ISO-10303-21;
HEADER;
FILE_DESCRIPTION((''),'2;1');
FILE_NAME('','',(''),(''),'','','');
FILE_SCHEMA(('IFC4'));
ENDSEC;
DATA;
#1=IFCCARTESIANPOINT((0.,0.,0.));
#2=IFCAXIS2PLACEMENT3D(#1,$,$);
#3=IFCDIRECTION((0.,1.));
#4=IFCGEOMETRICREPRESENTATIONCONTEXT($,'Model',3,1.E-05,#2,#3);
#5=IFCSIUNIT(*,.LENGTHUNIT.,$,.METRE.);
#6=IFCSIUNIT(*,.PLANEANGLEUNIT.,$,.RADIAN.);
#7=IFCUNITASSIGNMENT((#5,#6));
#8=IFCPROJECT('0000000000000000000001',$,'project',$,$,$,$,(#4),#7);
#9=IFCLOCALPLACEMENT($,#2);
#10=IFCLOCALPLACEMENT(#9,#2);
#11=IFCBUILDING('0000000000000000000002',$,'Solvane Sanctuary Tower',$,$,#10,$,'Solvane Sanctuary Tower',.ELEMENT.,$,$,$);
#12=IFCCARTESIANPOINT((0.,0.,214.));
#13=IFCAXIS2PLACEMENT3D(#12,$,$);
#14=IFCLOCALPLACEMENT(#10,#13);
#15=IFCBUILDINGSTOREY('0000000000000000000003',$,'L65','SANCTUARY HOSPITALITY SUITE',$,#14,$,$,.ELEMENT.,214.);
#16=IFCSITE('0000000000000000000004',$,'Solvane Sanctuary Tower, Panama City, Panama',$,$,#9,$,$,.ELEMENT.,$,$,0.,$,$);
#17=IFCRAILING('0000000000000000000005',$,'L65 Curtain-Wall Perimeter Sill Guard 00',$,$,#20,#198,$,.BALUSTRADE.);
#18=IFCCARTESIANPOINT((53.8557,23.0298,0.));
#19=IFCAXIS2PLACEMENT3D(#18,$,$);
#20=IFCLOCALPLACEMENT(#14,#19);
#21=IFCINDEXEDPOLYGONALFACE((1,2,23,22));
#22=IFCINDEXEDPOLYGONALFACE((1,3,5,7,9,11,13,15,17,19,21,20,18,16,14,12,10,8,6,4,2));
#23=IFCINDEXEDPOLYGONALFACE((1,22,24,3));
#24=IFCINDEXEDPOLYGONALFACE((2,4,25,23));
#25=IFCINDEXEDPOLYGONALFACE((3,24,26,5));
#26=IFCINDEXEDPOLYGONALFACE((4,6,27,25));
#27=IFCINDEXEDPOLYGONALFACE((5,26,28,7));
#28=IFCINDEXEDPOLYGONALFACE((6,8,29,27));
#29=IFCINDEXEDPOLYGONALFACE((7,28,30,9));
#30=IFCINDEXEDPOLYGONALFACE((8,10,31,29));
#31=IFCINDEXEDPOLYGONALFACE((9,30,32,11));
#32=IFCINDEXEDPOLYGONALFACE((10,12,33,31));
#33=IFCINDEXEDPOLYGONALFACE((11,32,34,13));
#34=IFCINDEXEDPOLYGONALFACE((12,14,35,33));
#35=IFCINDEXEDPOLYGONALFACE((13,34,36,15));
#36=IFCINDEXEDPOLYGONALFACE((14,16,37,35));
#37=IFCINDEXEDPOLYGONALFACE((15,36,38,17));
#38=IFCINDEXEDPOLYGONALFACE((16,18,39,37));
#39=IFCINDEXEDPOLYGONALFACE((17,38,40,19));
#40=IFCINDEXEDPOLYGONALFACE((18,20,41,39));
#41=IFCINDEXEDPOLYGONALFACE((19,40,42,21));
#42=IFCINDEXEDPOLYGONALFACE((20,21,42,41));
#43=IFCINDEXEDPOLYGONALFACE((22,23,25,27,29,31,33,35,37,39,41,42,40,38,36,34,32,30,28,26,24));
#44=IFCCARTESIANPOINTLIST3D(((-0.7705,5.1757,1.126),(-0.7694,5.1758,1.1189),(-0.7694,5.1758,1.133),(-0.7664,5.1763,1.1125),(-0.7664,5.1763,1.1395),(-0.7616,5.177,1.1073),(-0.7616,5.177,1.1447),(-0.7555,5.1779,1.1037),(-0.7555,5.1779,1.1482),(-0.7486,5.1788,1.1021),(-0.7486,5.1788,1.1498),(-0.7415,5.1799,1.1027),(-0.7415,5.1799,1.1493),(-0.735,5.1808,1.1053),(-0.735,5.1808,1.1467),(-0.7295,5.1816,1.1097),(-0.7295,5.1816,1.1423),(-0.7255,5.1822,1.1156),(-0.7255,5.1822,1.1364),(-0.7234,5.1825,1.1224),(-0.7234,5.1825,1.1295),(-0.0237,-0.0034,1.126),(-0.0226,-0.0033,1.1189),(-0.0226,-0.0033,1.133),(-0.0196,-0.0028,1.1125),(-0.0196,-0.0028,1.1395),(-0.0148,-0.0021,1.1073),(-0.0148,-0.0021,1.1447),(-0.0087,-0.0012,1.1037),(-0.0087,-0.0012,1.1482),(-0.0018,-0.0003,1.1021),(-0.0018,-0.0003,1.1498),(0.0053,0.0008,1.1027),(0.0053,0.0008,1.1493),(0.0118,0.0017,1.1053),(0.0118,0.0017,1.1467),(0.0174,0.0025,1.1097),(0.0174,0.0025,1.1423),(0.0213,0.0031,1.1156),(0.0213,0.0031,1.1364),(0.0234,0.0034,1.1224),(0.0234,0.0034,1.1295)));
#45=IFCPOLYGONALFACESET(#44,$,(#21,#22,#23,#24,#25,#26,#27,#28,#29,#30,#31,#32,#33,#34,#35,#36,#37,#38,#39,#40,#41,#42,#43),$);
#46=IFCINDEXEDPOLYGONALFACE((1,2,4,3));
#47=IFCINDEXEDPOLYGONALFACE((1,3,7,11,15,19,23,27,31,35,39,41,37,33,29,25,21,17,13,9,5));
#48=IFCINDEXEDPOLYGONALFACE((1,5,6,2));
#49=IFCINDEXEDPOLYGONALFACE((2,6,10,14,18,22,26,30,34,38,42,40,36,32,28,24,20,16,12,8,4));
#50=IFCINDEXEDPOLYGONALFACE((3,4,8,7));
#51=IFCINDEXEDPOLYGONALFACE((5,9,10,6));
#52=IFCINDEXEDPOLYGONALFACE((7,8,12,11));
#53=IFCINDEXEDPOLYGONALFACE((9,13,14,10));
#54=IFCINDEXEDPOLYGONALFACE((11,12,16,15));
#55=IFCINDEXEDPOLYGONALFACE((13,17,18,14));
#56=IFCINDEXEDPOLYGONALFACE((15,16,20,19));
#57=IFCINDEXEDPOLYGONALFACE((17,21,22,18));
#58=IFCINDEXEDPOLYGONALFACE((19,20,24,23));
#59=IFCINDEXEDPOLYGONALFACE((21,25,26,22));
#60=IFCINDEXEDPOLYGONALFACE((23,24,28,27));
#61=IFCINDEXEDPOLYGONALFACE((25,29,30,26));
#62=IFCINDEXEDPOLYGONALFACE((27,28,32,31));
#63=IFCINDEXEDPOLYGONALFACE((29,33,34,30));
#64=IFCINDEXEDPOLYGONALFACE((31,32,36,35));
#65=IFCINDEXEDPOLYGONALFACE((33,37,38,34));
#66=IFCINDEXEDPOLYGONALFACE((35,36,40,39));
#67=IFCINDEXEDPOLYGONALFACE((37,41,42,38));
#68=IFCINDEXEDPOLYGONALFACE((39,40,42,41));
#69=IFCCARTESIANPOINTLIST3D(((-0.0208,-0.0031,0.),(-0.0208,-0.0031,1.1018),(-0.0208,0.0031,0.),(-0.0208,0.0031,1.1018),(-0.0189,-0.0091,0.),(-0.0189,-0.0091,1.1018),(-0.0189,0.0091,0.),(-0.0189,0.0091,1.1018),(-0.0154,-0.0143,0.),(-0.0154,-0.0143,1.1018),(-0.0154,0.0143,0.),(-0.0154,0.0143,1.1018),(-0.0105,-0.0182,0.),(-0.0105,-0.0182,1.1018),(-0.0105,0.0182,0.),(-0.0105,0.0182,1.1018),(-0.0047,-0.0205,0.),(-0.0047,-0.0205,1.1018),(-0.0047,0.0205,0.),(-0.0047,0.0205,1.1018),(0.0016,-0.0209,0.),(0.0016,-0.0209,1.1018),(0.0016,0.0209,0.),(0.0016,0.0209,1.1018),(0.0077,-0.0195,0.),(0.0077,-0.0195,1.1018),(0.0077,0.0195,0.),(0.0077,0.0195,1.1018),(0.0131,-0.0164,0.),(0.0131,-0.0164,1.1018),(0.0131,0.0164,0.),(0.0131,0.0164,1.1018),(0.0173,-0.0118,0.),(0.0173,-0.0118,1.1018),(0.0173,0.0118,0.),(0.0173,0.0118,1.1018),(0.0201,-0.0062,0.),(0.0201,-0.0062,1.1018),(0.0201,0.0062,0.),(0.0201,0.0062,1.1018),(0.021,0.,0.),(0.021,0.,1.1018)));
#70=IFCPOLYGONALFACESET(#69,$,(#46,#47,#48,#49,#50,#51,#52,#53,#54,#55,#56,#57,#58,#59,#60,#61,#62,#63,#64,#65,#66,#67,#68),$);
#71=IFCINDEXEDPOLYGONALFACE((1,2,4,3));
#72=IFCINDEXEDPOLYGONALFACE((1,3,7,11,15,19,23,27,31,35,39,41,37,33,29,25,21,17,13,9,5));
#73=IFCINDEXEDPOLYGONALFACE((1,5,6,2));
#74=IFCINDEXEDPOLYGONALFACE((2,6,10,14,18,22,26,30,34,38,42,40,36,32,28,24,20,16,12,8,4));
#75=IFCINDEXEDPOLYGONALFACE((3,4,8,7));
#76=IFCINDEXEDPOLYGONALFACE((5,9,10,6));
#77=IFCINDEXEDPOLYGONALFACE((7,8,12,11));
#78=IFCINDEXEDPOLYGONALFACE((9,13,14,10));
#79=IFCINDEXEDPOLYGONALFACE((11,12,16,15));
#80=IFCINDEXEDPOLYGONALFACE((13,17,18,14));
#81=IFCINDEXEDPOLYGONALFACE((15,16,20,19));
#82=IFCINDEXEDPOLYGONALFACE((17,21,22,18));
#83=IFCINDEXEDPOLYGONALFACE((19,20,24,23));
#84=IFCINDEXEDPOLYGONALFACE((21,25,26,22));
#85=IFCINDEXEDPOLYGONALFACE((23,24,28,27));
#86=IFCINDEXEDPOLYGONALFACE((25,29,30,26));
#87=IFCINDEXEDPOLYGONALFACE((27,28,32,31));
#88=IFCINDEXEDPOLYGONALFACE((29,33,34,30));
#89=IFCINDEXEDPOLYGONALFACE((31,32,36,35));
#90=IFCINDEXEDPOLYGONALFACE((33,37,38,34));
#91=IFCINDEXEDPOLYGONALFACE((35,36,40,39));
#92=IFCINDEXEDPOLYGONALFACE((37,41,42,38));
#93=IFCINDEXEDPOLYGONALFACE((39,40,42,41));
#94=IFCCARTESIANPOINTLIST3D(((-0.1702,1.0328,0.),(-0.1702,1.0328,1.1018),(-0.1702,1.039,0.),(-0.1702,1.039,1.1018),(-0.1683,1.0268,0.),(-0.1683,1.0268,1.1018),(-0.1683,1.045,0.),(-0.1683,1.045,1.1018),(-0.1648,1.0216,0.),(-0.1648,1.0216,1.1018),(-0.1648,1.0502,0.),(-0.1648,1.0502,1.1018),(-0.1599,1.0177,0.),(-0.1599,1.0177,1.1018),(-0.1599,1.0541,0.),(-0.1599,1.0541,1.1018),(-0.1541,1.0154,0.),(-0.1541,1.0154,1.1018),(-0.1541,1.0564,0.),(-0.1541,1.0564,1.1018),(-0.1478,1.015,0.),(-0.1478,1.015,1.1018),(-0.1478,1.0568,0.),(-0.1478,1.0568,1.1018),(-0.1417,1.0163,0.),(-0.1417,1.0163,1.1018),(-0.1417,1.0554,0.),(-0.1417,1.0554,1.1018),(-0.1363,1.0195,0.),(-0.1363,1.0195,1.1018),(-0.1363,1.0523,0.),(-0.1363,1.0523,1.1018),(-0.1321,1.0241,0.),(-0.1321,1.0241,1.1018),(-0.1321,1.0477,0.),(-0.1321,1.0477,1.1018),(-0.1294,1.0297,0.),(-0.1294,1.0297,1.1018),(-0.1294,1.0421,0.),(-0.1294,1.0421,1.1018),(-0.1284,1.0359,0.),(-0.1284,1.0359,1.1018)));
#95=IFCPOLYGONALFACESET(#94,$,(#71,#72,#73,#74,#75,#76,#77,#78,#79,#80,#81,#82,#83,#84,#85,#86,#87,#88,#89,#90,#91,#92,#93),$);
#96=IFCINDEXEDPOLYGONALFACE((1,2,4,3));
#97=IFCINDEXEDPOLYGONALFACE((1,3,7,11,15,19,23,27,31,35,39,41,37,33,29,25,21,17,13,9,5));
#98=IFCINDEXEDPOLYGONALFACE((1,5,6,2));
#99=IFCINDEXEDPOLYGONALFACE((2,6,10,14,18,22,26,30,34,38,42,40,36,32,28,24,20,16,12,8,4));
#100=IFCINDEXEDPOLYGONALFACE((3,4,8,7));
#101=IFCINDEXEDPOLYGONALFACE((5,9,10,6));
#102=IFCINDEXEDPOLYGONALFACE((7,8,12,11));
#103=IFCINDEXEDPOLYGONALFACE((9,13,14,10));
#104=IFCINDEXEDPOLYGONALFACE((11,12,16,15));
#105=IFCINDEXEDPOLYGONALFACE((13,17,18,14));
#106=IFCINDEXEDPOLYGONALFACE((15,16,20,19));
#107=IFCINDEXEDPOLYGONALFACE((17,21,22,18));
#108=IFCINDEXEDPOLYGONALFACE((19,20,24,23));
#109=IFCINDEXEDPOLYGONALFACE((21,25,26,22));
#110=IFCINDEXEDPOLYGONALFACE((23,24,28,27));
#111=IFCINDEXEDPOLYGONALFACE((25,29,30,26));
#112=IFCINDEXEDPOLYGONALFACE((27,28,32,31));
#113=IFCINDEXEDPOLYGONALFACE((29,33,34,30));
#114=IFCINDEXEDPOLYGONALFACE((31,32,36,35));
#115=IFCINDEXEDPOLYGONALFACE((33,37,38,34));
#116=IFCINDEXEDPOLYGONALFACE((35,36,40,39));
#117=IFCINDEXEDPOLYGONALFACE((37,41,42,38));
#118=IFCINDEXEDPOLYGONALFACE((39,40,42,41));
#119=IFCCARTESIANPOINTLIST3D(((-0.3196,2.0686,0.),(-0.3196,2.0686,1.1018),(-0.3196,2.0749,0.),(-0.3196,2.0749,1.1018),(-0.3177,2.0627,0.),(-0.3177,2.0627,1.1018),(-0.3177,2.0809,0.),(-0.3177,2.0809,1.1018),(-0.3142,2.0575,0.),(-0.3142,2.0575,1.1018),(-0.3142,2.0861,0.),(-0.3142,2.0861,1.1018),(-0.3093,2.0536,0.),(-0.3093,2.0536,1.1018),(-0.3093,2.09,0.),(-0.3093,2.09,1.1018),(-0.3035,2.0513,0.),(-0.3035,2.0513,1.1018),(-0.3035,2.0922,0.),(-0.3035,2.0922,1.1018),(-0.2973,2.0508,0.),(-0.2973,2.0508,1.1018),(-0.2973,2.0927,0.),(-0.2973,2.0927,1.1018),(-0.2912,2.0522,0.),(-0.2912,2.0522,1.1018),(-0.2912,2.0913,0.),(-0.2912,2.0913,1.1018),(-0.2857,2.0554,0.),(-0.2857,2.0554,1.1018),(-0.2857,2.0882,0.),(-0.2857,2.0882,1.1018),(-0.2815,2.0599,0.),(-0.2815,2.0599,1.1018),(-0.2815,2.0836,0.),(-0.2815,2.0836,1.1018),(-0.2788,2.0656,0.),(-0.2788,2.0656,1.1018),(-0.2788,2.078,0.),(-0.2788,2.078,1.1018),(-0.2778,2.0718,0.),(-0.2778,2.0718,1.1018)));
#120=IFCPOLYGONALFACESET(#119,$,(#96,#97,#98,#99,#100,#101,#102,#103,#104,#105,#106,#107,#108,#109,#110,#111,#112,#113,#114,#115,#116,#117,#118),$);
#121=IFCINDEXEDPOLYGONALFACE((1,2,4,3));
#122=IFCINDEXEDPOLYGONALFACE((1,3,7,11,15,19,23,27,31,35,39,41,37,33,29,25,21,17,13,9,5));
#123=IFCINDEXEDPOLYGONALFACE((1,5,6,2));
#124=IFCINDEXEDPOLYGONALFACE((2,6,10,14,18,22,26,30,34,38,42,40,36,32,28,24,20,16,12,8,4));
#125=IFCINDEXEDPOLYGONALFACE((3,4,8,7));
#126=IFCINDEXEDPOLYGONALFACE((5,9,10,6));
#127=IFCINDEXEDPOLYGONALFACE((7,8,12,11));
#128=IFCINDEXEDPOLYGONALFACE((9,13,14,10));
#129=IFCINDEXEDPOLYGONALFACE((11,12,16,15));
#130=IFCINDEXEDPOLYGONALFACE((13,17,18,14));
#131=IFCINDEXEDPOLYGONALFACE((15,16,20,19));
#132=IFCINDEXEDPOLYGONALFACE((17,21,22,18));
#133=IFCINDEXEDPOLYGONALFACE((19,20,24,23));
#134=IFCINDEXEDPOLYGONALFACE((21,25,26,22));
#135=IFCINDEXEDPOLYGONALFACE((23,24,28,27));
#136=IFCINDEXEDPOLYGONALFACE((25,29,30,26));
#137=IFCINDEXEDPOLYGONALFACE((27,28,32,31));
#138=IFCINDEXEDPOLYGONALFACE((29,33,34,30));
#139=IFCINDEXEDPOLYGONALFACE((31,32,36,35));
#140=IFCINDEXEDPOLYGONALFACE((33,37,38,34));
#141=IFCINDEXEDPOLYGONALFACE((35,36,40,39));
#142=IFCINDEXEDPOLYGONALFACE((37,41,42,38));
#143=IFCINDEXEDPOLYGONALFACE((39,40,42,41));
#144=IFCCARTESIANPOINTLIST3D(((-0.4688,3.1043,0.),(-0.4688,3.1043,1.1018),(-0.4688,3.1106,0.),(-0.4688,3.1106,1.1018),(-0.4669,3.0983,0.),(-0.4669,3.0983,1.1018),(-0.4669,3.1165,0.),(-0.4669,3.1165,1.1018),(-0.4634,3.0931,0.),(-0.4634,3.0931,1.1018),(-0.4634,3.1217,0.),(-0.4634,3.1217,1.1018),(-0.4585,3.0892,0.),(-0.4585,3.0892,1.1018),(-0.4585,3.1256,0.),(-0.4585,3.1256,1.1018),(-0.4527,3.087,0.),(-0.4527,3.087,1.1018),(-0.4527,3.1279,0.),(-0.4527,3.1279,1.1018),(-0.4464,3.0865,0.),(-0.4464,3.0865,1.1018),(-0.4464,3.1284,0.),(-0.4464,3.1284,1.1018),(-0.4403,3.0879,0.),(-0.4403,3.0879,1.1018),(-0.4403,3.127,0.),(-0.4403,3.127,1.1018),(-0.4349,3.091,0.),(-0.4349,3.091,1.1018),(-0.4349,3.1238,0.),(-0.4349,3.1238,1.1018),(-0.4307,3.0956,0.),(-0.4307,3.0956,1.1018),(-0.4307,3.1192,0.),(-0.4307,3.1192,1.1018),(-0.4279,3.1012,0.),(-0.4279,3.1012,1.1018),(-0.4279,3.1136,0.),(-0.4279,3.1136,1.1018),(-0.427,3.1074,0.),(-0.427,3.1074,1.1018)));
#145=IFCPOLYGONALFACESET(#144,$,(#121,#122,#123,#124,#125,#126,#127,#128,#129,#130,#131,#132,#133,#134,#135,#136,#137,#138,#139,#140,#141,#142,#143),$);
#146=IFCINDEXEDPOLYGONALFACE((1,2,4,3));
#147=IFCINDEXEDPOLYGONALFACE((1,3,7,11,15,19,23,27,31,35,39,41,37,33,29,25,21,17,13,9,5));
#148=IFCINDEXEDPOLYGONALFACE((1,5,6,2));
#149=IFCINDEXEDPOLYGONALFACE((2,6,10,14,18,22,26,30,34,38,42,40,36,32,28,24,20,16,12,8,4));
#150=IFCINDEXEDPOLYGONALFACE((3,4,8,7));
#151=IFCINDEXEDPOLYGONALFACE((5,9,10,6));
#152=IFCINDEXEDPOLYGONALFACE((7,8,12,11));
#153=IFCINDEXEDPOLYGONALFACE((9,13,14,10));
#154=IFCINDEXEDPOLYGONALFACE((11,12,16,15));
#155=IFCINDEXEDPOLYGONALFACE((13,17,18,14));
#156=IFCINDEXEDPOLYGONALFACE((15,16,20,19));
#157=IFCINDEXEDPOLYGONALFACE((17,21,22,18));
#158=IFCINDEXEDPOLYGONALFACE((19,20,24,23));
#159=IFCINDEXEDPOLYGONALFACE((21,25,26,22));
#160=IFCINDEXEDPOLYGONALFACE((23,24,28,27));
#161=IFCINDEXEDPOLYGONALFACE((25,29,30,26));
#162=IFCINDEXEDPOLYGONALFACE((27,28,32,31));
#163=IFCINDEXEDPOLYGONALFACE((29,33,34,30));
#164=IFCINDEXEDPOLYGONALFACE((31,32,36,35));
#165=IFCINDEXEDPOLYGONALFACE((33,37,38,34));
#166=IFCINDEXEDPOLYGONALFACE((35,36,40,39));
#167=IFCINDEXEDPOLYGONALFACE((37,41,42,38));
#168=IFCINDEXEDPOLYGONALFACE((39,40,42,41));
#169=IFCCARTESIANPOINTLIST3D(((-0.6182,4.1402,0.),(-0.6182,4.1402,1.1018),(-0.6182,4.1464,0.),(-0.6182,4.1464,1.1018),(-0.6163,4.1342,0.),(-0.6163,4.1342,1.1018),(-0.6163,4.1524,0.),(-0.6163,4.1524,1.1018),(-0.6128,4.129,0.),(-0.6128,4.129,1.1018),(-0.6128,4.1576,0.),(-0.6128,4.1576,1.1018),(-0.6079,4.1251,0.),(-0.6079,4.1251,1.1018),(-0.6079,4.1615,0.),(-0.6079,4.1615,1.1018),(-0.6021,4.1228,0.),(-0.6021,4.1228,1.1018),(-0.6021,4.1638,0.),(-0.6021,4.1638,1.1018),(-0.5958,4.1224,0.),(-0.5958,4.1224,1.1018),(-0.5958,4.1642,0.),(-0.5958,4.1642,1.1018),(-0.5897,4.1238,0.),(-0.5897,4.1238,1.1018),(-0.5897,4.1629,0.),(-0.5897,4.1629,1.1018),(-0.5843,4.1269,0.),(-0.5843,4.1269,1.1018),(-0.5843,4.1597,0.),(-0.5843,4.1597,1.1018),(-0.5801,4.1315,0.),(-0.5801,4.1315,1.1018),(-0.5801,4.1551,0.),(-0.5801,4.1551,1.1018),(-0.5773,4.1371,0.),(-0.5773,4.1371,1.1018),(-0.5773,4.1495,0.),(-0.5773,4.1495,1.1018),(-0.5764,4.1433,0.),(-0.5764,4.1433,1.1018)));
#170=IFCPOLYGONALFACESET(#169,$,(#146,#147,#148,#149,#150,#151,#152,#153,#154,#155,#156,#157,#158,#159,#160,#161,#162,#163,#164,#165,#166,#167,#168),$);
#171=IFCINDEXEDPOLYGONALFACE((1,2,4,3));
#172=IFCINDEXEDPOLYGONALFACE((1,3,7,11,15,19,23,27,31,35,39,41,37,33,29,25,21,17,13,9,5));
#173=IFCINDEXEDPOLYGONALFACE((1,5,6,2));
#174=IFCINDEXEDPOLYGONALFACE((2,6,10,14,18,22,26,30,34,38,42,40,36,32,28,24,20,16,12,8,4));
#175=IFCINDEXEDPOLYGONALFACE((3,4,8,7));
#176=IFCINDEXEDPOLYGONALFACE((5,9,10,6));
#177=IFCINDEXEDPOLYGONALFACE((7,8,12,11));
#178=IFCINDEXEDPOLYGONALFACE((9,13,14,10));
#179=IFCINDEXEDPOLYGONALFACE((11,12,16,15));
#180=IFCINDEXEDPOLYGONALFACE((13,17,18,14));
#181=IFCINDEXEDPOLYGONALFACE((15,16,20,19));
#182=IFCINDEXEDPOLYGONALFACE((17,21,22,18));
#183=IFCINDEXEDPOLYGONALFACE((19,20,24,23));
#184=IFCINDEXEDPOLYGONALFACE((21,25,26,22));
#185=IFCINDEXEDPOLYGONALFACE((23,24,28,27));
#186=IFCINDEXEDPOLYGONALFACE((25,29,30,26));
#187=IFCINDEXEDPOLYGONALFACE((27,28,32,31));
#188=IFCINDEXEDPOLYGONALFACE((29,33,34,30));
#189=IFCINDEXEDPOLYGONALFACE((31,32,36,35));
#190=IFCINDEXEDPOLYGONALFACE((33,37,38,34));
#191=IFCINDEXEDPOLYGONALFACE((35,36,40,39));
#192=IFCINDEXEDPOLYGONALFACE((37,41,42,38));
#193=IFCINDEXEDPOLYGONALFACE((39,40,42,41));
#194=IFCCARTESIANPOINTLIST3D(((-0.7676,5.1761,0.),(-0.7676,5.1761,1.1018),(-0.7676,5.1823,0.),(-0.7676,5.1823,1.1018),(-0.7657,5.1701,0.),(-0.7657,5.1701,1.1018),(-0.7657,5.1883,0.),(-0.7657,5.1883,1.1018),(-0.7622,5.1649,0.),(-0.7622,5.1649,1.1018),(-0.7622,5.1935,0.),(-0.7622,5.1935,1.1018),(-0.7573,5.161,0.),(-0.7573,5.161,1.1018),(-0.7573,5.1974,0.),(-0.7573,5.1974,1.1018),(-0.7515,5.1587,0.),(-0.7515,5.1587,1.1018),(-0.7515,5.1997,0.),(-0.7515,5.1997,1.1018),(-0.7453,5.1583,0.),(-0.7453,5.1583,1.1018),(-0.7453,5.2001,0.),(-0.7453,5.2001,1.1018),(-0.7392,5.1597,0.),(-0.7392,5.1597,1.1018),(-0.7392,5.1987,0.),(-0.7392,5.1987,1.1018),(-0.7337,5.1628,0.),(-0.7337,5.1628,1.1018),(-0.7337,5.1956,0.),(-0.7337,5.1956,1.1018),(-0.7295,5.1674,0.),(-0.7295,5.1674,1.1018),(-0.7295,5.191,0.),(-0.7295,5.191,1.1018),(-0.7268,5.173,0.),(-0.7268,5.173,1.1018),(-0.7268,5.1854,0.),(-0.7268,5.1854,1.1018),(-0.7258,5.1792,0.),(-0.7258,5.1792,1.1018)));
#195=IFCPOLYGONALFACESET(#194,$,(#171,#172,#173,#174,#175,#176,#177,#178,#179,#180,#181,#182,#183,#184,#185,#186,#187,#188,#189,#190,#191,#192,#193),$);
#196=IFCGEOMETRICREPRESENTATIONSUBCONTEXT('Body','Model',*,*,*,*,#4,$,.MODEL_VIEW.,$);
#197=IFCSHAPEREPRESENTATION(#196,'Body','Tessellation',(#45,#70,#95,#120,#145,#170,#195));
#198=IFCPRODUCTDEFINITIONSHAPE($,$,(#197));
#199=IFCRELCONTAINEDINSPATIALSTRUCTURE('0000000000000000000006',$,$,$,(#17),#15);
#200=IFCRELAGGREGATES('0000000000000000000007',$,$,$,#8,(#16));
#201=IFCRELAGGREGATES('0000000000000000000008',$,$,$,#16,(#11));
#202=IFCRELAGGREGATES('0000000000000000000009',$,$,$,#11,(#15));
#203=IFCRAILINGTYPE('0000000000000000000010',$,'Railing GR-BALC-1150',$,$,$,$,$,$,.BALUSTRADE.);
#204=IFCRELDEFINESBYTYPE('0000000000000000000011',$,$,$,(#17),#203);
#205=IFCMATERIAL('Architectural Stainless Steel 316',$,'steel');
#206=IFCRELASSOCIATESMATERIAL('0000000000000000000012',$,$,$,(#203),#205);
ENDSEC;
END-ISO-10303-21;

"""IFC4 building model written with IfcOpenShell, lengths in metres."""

from ifc_helpers import new_model, si_unit, direction, frame, origin, origin_2d, place, context, subcontext, project, spatial, circle, extrude, material, type_object, element, save


model = new_model("IFC4")

# Units and contexts
model_context = context("Model", 3, precision=1e-05, world=origin(), true_north=direction((0.0, 1.0)))
body_context = subcontext(model_context, "Body", "Model", "MODEL_VIEW")
ifc_project = project(units=[si_unit("LENGTHUNIT", "METRE"), si_unit("PLANEANGLEUNIT", "RADIAN")], contexts=[model_context])

# Site, building, storey
site_placement = place(None, origin())
site = spatial("IfcSite", under=ifc_project, at=site_placement, Name="Solvane Sanctuary Tower, Panama City, Panama", CompositionType="ELEMENT", RefElevation=0.0)
building_placement = place(site_placement, origin())
building = spatial("IfcBuilding", under=site, at=building_placement, Name="Solvane Sanctuary Tower", LongName="Solvane Sanctuary Tower", CompositionType="ELEMENT")
storey_placement = place(building_placement, frame((0.0, 0.0, 214.0)))
storey = spatial("IfcBuildingStorey", under=building, at=storey_placement, Name="L65", Description="SANCTUARY HOSPITALITY SUITE", CompositionType="ELEMENT", Elevation=214.0)

# Railing
ifc_material_1 = material(Name="Architectural Stainless Steel 316", Category="steel")
railing_type = type_object("IfcRailingType", Name="Railing GR-BALC-1150", PredefinedType="BALUSTRADE", material=ifc_material_1)
railing_1_placement = place(storey_placement, frame((53.8557, 23.0298, 0.0)))
element("IfcRailing", 1, at=railing_1_placement, inside=storey, type_object=railing_type, Name="L65 Curtain-Wall Perimeter Sill Guard 00", PredefinedType="BALUSTRADE", context=body_context, shape_type="SweptSolid", body=[
    extrude(circle(Radius=0.0239, at=origin_2d()), frame((0.0, 0.0, 1.126), z_axis=(-0.142721, 0.989763, 0.0), x_axis=(-0.989763, -0.142721, 0.0)), (0.0, 0.0, 1.0), 5.2327),
    extrude(circle(Radius=0.021, at=origin_2d()), origin(), (0.0, 0.0, 1.0), 1.1018),
    extrude(circle(Radius=0.021, at=origin_2d()), frame((-0.1494, 1.0359, 0.0)), (0.0, 0.0, 1.0), 1.1018),
    extrude(circle(Radius=0.021, at=origin_2d()), frame((-0.2988, 2.0718, 0.0)), (0.0, 0.0, 1.0), 1.1018),
    extrude(circle(Radius=0.021, at=origin_2d()), frame((-0.448, 3.1074, 0.0)), (0.0, 0.0, 1.0), 1.1018),
    extrude(circle(Radius=0.021, at=origin_2d()), frame((-0.5974, 4.1433, 0.0)), (0.0, 0.0, 1.0), 1.1018),
    extrude(circle(Radius=0.021, at=origin_2d()), frame((-0.7468, 5.1792, 0.0)), (0.0, 0.0, 1.0), 1.1018),
])

save(model, "model.ifc")
